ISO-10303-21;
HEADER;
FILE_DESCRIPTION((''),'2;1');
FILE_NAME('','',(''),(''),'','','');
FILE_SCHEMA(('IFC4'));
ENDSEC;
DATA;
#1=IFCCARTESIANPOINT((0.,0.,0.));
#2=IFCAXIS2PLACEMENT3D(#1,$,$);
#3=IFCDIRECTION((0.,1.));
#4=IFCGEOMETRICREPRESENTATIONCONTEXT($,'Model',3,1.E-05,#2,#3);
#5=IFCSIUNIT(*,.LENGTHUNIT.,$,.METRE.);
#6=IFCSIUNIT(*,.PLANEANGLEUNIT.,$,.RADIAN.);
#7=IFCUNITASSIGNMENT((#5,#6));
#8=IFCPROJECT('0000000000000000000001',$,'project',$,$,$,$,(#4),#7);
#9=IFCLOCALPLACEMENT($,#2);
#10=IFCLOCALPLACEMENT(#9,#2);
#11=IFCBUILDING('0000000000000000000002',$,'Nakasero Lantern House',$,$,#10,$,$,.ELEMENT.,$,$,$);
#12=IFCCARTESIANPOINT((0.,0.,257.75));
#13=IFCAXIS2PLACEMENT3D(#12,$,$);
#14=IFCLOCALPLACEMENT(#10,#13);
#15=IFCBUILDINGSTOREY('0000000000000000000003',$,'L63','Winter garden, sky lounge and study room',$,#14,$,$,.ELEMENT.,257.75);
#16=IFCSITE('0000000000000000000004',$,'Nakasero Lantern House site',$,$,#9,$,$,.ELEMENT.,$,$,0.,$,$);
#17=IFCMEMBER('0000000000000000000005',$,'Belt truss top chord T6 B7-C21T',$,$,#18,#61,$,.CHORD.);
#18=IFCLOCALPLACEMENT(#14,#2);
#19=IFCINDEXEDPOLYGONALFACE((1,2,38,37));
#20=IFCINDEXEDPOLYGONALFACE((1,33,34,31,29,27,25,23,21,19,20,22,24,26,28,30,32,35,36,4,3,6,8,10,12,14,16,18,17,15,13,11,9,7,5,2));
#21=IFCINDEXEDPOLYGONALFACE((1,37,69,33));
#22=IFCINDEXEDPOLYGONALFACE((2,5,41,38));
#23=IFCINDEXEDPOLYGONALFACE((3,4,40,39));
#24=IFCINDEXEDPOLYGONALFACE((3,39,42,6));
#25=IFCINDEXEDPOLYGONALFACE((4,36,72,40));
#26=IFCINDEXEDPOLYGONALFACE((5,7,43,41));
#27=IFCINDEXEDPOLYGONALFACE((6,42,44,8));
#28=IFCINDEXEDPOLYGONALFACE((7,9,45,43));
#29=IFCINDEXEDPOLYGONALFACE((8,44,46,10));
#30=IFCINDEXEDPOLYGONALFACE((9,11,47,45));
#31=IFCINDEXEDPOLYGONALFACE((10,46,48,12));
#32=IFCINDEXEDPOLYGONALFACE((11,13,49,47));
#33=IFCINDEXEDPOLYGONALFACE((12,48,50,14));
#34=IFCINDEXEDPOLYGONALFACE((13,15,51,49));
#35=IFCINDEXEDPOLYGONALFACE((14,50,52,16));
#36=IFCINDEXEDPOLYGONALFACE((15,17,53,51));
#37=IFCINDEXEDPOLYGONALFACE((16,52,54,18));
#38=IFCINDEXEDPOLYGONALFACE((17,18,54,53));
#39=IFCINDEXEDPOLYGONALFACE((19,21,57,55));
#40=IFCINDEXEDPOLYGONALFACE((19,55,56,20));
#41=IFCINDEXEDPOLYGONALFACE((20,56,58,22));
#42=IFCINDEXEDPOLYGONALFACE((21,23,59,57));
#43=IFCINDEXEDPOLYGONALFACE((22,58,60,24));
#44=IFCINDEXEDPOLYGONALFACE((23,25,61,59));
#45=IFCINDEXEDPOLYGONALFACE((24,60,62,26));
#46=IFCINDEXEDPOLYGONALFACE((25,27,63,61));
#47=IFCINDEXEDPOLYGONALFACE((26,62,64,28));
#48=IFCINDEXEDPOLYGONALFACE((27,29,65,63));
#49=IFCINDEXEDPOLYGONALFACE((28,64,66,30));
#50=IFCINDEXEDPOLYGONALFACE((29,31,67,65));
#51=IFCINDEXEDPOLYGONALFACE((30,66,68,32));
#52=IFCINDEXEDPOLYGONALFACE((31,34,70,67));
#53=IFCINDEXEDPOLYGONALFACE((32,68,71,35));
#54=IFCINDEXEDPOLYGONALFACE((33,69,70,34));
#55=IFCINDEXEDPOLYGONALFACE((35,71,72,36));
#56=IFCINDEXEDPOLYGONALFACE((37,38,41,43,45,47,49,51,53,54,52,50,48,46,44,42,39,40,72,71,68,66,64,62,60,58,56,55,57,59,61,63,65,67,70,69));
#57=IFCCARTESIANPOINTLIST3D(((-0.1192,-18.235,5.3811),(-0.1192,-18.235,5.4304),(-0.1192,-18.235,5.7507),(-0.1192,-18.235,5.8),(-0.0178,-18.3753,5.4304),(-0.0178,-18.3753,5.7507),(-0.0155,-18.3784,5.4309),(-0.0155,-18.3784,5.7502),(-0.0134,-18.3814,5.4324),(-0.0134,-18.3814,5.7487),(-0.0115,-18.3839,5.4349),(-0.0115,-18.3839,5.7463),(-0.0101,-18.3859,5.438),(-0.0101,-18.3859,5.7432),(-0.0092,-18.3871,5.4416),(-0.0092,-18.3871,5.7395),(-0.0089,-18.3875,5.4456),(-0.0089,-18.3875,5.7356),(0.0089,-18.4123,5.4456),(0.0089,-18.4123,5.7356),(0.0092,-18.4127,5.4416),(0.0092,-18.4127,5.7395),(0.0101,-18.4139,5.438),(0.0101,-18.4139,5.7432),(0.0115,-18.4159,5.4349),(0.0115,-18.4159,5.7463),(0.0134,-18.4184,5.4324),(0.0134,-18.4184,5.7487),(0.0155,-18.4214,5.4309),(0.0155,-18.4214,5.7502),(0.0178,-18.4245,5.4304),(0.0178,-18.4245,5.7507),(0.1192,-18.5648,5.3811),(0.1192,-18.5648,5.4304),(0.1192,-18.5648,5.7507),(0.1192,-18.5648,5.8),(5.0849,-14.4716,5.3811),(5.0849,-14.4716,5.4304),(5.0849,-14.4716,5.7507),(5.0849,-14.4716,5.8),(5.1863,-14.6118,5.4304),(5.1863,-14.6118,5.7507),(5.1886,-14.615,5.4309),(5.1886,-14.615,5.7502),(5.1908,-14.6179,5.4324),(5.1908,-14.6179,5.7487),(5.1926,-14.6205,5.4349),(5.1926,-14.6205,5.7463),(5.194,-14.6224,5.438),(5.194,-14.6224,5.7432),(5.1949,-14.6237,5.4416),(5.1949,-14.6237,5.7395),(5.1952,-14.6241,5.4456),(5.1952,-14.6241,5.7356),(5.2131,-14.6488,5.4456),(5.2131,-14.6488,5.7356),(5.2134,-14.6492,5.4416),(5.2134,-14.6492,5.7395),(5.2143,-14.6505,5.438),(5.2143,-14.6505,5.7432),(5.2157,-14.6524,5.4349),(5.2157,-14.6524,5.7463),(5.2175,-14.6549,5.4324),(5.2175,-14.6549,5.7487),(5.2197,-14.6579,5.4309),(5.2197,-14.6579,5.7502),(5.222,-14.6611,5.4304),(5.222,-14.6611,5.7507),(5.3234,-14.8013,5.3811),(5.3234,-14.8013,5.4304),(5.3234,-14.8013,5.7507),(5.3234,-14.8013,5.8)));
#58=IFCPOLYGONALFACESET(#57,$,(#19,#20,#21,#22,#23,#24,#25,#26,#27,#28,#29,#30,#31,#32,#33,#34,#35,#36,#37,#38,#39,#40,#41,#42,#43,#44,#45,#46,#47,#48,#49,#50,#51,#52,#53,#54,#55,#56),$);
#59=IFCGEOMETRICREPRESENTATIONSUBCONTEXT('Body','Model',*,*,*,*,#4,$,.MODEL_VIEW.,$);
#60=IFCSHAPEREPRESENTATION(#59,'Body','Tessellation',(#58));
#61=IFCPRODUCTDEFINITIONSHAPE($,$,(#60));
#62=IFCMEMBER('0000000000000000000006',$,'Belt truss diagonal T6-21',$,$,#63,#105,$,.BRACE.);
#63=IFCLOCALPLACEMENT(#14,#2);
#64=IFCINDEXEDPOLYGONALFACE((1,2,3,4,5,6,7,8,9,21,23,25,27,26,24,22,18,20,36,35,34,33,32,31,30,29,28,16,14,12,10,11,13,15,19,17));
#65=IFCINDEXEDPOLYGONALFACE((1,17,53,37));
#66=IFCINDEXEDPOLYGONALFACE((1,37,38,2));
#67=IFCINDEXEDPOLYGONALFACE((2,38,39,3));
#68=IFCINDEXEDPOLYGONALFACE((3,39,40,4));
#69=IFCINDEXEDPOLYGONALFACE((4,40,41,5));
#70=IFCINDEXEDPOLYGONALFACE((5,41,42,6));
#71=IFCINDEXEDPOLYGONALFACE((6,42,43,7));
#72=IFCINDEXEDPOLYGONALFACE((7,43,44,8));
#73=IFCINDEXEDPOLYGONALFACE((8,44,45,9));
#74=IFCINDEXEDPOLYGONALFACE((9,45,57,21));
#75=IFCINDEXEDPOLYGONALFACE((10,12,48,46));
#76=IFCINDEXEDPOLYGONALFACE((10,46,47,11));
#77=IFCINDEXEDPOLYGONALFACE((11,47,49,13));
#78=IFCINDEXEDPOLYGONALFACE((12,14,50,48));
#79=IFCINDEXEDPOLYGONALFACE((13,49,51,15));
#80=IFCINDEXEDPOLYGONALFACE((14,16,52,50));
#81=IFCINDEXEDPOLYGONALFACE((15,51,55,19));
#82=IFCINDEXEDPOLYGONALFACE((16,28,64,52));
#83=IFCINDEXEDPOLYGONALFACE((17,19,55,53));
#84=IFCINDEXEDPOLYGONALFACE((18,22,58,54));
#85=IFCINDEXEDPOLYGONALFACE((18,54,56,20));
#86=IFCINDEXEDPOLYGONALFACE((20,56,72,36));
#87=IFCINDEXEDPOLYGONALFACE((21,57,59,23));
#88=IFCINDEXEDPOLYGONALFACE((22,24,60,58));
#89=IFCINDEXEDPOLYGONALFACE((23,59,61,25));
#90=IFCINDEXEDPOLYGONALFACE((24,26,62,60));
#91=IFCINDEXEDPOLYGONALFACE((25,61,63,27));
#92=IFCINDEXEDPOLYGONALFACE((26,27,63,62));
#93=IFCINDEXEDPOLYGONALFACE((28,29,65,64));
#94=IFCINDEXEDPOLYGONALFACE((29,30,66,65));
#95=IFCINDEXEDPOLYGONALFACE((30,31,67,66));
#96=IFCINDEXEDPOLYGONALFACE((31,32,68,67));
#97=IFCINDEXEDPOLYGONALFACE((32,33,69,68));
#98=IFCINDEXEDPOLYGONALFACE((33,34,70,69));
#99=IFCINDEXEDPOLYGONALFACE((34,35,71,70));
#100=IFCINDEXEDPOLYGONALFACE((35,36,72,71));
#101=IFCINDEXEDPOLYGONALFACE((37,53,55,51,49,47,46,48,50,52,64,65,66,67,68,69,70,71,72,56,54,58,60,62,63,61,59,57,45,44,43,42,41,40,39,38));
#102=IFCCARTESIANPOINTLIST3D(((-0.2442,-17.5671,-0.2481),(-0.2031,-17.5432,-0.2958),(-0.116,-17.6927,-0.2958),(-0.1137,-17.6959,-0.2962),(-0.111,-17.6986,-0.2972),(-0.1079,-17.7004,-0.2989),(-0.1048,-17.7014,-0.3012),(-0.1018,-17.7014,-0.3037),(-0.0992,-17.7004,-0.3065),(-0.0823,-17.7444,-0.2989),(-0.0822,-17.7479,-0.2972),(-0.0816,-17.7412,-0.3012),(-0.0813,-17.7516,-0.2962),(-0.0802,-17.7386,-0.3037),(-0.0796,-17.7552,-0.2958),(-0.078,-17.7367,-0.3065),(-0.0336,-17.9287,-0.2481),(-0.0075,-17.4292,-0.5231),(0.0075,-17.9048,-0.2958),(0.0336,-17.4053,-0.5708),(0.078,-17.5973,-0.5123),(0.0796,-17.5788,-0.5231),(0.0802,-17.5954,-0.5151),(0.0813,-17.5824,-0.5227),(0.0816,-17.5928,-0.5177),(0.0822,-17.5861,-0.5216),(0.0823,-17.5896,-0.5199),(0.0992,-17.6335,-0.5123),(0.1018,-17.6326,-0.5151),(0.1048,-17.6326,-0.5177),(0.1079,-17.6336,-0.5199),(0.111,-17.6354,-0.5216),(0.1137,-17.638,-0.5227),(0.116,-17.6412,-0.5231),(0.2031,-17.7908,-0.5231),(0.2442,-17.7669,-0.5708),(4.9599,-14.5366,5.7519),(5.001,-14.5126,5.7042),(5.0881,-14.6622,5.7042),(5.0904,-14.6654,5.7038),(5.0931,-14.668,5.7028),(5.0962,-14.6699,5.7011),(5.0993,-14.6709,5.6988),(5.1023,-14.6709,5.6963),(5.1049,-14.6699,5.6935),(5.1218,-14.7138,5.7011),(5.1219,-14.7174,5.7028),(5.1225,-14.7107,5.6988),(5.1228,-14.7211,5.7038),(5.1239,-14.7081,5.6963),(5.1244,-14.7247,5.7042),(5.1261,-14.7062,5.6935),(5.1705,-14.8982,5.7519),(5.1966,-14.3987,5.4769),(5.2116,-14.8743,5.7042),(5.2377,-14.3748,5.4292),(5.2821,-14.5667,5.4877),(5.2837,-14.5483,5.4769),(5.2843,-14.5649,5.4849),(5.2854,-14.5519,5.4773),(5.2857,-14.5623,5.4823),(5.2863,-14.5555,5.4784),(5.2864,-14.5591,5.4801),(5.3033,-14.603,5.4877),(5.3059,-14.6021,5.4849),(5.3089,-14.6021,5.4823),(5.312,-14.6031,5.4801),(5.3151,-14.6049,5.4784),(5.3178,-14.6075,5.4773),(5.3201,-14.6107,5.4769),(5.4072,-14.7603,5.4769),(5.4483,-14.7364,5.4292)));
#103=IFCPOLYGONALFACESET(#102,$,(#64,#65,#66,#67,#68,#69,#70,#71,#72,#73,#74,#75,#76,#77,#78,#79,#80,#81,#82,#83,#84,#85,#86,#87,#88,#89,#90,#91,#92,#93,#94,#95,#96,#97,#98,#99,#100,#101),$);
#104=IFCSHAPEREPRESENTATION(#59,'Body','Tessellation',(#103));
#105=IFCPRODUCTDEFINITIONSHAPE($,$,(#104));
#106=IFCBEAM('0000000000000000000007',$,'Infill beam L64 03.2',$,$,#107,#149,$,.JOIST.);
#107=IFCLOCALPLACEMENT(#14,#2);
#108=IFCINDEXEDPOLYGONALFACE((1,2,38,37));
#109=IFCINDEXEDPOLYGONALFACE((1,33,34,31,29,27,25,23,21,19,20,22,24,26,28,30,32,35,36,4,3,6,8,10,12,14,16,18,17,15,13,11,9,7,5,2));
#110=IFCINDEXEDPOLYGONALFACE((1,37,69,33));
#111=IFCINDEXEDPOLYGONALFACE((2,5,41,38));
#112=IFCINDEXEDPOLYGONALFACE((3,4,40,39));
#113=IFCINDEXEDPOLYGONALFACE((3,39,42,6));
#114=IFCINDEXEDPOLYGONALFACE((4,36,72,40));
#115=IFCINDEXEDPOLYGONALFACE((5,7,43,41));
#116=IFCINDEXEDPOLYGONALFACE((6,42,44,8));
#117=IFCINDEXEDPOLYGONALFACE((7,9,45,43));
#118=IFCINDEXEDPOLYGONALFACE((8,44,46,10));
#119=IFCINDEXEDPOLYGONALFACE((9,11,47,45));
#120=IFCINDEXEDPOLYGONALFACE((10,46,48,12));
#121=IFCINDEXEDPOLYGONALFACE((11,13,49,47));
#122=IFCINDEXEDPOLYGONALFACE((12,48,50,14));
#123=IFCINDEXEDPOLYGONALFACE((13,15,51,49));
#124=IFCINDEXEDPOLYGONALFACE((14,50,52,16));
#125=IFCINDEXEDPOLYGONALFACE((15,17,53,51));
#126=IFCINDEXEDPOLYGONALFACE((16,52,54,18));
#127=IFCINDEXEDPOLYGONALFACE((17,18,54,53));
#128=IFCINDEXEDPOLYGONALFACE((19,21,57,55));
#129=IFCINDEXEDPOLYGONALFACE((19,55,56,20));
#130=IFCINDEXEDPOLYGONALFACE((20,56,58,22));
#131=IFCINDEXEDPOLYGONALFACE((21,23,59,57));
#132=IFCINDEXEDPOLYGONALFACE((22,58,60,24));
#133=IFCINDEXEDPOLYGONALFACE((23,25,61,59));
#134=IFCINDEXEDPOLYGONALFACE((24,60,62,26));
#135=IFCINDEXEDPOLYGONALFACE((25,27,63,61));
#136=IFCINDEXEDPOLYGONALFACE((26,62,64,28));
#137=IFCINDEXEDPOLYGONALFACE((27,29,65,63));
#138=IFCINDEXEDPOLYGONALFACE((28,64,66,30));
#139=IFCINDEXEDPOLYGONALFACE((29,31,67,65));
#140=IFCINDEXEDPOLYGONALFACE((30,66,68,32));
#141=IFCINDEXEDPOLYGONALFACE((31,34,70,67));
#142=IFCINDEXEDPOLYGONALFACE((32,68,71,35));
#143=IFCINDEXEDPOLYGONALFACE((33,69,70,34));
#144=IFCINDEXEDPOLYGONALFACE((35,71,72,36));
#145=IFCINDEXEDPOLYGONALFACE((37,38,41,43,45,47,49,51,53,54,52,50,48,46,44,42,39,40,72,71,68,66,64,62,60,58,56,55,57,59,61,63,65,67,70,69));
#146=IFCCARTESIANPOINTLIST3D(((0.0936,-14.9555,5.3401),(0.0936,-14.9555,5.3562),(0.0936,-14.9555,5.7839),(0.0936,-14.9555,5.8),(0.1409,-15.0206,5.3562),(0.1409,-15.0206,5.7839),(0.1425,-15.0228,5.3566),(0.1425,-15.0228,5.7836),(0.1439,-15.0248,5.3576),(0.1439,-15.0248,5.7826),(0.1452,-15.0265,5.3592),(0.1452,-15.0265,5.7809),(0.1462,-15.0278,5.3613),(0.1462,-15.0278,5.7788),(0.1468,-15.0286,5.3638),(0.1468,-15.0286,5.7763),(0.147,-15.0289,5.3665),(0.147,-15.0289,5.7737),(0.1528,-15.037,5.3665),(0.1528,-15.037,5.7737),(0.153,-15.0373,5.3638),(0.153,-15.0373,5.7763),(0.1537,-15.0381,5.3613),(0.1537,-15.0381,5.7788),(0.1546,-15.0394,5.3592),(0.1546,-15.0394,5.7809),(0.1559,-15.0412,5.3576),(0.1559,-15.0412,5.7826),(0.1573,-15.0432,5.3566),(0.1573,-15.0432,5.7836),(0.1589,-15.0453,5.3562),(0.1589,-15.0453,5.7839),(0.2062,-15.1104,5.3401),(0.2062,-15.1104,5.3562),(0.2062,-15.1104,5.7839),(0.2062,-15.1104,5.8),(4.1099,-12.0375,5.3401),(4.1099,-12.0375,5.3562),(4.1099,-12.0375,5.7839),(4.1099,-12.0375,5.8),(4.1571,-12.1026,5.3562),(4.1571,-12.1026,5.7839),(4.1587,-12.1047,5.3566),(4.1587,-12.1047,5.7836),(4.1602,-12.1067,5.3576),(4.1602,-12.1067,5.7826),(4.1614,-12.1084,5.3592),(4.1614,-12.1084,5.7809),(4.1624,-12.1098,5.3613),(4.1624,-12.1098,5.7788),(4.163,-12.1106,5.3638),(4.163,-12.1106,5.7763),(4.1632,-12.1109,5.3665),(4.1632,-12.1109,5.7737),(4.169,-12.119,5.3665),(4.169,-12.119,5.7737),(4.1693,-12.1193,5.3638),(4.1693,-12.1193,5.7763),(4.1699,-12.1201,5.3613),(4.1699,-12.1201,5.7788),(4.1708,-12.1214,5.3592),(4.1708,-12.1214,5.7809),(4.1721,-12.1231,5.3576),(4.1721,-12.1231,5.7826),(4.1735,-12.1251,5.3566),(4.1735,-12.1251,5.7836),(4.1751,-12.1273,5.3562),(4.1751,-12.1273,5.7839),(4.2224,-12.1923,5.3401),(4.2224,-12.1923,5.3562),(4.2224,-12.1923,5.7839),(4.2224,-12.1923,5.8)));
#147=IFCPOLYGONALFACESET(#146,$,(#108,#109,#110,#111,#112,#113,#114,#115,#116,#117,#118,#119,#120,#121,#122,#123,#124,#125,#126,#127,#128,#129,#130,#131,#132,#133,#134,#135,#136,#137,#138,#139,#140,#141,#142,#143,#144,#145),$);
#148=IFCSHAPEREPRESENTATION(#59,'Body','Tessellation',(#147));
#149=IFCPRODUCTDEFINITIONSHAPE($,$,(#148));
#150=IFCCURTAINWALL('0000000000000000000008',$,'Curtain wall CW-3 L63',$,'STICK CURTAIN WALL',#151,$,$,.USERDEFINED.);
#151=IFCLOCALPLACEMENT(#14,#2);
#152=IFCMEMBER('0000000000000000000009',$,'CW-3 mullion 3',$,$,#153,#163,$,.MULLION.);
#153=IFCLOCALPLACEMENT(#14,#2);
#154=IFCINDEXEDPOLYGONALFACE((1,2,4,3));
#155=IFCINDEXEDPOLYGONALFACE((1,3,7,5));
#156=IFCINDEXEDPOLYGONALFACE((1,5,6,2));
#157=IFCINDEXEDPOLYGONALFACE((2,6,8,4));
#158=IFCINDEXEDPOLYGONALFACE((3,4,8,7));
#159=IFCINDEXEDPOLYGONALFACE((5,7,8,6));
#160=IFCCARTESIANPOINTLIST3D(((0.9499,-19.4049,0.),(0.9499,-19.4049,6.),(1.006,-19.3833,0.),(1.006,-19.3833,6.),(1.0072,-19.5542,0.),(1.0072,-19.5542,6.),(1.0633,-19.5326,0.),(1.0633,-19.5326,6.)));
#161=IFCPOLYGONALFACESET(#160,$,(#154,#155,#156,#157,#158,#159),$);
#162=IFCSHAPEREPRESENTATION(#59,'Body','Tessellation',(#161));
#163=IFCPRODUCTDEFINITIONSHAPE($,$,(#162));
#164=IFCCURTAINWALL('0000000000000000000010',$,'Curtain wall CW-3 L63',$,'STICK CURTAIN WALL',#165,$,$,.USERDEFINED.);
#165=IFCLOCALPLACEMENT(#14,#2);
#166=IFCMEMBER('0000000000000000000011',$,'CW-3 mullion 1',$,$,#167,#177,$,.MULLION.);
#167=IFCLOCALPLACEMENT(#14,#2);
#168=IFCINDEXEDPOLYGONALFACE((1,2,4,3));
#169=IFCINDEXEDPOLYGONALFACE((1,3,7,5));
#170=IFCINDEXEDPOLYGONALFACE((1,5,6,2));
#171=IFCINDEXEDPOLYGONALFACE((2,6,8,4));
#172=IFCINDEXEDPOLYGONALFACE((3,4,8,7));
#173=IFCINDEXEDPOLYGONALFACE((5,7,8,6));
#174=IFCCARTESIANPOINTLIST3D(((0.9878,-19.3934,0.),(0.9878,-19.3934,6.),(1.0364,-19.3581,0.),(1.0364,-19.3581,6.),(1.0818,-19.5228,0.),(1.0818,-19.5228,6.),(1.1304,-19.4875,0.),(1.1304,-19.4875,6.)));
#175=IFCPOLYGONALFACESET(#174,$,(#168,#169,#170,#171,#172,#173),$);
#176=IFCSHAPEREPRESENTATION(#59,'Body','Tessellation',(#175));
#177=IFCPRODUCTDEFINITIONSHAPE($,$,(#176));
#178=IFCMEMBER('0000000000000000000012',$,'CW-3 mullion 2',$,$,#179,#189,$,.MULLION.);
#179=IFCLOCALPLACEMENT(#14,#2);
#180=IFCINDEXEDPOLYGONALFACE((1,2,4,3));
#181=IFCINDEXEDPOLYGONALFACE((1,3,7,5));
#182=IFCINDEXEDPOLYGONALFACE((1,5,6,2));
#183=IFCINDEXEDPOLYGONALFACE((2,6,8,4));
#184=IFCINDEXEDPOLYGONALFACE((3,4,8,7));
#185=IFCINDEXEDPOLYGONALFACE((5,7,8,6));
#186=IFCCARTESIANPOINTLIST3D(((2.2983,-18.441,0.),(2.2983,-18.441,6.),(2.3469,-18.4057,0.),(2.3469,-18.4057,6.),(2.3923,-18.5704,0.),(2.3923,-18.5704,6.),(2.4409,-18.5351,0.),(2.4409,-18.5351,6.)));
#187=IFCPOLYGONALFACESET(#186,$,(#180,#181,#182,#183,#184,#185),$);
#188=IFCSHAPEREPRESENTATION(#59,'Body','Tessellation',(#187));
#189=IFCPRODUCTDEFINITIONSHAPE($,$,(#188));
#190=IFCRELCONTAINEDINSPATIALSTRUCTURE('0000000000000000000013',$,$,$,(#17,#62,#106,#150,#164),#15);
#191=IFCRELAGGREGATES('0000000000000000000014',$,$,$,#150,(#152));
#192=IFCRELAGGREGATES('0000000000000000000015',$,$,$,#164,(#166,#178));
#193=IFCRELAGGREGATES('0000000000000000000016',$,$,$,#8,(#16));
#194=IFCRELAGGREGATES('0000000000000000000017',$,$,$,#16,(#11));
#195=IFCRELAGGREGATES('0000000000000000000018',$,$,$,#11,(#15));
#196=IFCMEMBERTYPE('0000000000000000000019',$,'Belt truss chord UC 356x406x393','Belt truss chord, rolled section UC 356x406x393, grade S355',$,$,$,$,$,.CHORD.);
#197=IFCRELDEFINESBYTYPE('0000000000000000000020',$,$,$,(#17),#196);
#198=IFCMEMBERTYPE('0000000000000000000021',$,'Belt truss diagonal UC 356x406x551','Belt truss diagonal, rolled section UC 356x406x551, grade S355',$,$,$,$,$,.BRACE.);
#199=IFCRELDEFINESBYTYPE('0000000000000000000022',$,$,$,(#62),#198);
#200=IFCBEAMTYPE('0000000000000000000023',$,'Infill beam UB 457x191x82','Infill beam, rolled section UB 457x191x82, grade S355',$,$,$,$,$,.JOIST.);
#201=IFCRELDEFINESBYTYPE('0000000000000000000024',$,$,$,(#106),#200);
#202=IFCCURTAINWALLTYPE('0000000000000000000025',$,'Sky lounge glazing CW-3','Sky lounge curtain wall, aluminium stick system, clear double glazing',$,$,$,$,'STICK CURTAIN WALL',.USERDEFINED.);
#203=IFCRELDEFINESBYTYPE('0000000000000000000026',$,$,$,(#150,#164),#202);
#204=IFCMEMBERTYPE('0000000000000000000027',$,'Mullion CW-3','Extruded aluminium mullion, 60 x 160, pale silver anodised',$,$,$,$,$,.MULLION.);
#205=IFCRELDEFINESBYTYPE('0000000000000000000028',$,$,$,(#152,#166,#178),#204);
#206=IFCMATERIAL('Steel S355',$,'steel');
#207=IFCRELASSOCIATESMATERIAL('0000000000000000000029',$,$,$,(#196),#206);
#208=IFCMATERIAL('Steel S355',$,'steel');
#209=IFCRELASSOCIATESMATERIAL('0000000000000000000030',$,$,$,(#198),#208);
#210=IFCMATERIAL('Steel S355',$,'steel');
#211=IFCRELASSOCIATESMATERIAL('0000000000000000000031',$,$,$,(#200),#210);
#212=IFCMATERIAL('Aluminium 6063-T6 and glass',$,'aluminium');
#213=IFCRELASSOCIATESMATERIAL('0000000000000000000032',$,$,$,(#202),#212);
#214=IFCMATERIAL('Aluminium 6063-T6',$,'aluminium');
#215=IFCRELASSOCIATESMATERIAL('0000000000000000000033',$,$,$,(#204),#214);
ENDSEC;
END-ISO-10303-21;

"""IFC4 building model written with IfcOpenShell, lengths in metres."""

from ifc_helpers import new_model, si_unit, direction, frame, origin, origin_2d, place, context, subcontext, project, spatial, rectangle, i_section, extrude, material, material_profile, profile_set, type_object, element, aggregate, save


model = new_model("IFC4")

# Units and contexts
model_context = context("Model", 3, precision=1e-05, world=origin(), true_north=direction((0.0, 1.0)))
body_context = subcontext(model_context, "Body", "Model", "MODEL_VIEW")
ifc_project = project(units=[si_unit("LENGTHUNIT", "METRE"), si_unit("PLANEANGLEUNIT", "RADIAN")], contexts=[model_context])

# Site, building, storey
site_placement = place(None, origin())
site = spatial("IfcSite", under=ifc_project, at=site_placement, Name="Nakasero Lantern House site", CompositionType="ELEMENT", RefElevation=0.0)
building_placement = place(site_placement, origin())
building = spatial("IfcBuilding", under=site, at=building_placement, Name="Nakasero Lantern House", CompositionType="ELEMENT")
storey_placement = place(building_placement, frame((0.0, 0.0, 257.75)))
storey = spatial("IfcBuildingStorey", under=building, at=storey_placement, Name="L63", Description="Winter garden, sky lounge and study room", CompositionType="ELEMENT", Elevation=257.75)

# Members
ifc_material_1 = material(Name="Steel S355", Category="steel")
ifc_material_profile_1 = material_profile(ifc_material_1, i_section(OverallWidth=0.407, OverallDepth=0.4189, WebThickness=0.0305, FlangeThickness=0.0493, FilletRadius=0.0151, at=origin_2d()), Name="UC 356x406x393")
ifc_profile_set_1 = profile_set([ifc_material_profile_1], Name="Steel S355")
member_type_1 = type_object("IfcMemberType", Name="Belt truss chord UC 356x406x393", Description="Belt truss chord, rolled section UC 356x406x393, grade S355", PredefinedType="CHORD", material=ifc_profile_set_1)
member_1_placement = place(storey_placement, frame((0.0, -18.3999, 5.5906), z_axis=(0.810316, 0.585993, 0.0), x_axis=(-0.585993, 0.810316, 0.0)))
element("IfcMember", 1, at=member_1_placement, inside=storey, type_object=member_type_1, Name="Belt truss top chord T6 B7-C21T", PredefinedType="CHORD", context=body_context, shape_type="SweptSolid", body=[
    extrude(i_section(OverallWidth=0.407, OverallDepth=0.4189, WebThickness=0.0305, FlangeThickness=0.0493, FilletRadius=0.0151, at=origin_2d()), origin(), (0.0, 0.0, 1.0), 6.4224),
])
ifc_material_2 = material(Name="Steel S355", Category="steel")
ifc_material_profile_2 = material_profile(ifc_material_2, i_section(OverallWidth=0.4185, OverallDepth=0.4556, WebThickness=0.042, FlangeThickness=0.0674, FilletRadius=0.0151, at=origin_2d()), Name="UC 356x406x551")
ifc_profile_set_2 = profile_set([ifc_material_profile_2], Name="Steel S355")
member_type_2 = type_object("IfcMemberType", Name="Belt truss diagonal UC 356x406x551", Description="Belt truss diagonal, rolled section UC 356x406x551, grade S355", PredefinedType="BRACE", material=ifc_profile_set_2)
member_2_placement = place(storey_placement, frame((0.0, -17.667, -0.4094), z_axis=(0.612176, 0.35649, 0.705801), x_axis=(-0.503226, 0.864155, 0.0)))
element("IfcMember", 2, at=member_2_placement, inside=storey, type_object=member_type_2, Name="Belt truss diagonal T6-21", PredefinedType="BRACE", context=body_context, shape_type="SweptSolid", body=[
    extrude(i_section(OverallWidth=0.4185, OverallDepth=0.4556, WebThickness=0.042, FlangeThickness=0.0674, FilletRadius=0.0151, at=origin_2d()), origin(), (0.0, 0.0, 1.0), 8.501),
])

# Beam
ifc_material_3 = material(Name="Steel S355", Category="steel")
ifc_material_profile_3 = material_profile(ifc_material_3, i_section(OverallWidth=0.1914, OverallDepth=0.46, WebThickness=0.01, FlangeThickness=0.0161, FilletRadius=0.0103, at=origin_2d()), Name="UB 457x191x82")
ifc_profile_set_3 = profile_set([ifc_material_profile_3], Name="Steel S355")
beam_type_1 = type_object("IfcBeamType", Name="Infill beam UB 457x191x82", Description="Infill beam, rolled section UB 457x191x82, grade S355", PredefinedType="JOIST", material=ifc_profile_set_3)
beam_1_placement = place(storey_placement, frame((0.1499, -15.033, 5.5701), z_axis=(0.809008, 0.587797, 0.0), x_axis=(-0.587797, 0.809008, 0.0)))
element("IfcBeam", 3, at=beam_1_placement, inside=storey, type_object=beam_type_1, Name="Infill beam L64 03.2", PredefinedType="JOIST", context=body_context, shape_type="SweptSolid", body=[
    extrude(i_section(OverallWidth=0.1914, OverallDepth=0.46, WebThickness=0.01, FlangeThickness=0.0161, FilletRadius=0.0103, at=origin_2d()), origin(), (0.0, 0.0, 1.0), 4.9644),
])

# Curtain wall, member
ifc_material_4 = material(Name="Aluminium 6063-T6 and glass", Category="aluminium")
curtain_wall_type = type_object("IfcCurtainWallType", Name="Sky lounge glazing CW-3", Description="Sky lounge curtain wall, aluminium stick system, clear double glazing", ElementType="STICK CURTAIN WALL", PredefinedType="USERDEFINED", material=ifc_material_4)
curtain_wall_1_placement = place(storey_placement, origin())
curtain_wall_1 = element("IfcCurtainWall", 4, at=curtain_wall_1_placement, inside=storey, type_object=curtain_wall_type, Name="Curtain wall CW-3 L63", ObjectType="STICK CURTAIN WALL", PredefinedType="USERDEFINED")
ifc_material_5 = material(Name="Aluminium 6063-T6", Category="aluminium")
ifc_material_profile_4 = material_profile(ifc_material_5, rectangle(XDim=0.0601, YDim=0.1599, at=origin_2d()), Name="CW-3 mullion 60x160")
ifc_profile_set_4 = profile_set([ifc_material_profile_4], Name="Aluminium 6063-T6")
member_type_3 = type_object("IfcMemberType", Name="Mullion CW-3", Description="Extruded aluminium mullion, 60 x 160, pale silver anodised", PredefinedType="MULLION", material=ifc_profile_set_4)
member_3_placement = place(storey_placement, frame((1.0066, -19.4688, 0.0), z_axis=(0.0, 0.0, 1.0), x_axis=(0.93358, 0.358368, 0.0)))
member_3 = element("IfcMember", 5, at=member_3_placement, type_object=member_type_3, Name="CW-3 mullion 3", PredefinedType="MULLION", context=body_context, shape_type="SweptSolid", body=[
    extrude(rectangle(XDim=0.0601, YDim=0.1599, at=origin_2d()), origin(), (0.0, 0.0, 1.0), 6.0),
])

# Curtain wall, members
curtain_wall_2_placement = place(storey_placement, origin())
curtain_wall_2 = element("IfcCurtainWall", 6, at=curtain_wall_2_placement, inside=storey, type_object=curtain_wall_type, Name="Curtain wall CW-3 L63", ObjectType="STICK CURTAIN WALL", PredefinedType="USERDEFINED")
member_4_placement = place(storey_placement, frame((1.0591, -19.4404, 0.0), z_axis=(0.0, 0.0, 1.0), x_axis=(0.809017, 0.587785, 0.0)))
member_4 = element("IfcMember", 7, at=member_4_placement, type_object=member_type_3, Name="CW-3 mullion 1", PredefinedType="MULLION", context=body_context, shape_type="SweptSolid", body=[
    extrude(rectangle(XDim=0.0601, YDim=0.1599, at=origin_2d()), origin(), (0.0, 0.0, 1.0), 6.0),
])
member_5_placement = place(storey_placement, frame((2.3696, -18.488, 0.0), z_axis=(0.0, 0.0, 1.0), x_axis=(0.809017, 0.587785, 0.0)))
member_5 = element("IfcMember", 8, at=member_5_placement, type_object=member_type_3, Name="CW-3 mullion 2", PredefinedType="MULLION", context=body_context, shape_type="SweptSolid", body=[
    extrude(rectangle(XDim=0.0601, YDim=0.1599, at=origin_2d()), origin(), (0.0, 0.0, 1.0), 6.0),
])

aggregate(curtain_wall_1, [member_3])
aggregate(curtain_wall_2, [member_4, member_5])

save(model, "model.ifc")
